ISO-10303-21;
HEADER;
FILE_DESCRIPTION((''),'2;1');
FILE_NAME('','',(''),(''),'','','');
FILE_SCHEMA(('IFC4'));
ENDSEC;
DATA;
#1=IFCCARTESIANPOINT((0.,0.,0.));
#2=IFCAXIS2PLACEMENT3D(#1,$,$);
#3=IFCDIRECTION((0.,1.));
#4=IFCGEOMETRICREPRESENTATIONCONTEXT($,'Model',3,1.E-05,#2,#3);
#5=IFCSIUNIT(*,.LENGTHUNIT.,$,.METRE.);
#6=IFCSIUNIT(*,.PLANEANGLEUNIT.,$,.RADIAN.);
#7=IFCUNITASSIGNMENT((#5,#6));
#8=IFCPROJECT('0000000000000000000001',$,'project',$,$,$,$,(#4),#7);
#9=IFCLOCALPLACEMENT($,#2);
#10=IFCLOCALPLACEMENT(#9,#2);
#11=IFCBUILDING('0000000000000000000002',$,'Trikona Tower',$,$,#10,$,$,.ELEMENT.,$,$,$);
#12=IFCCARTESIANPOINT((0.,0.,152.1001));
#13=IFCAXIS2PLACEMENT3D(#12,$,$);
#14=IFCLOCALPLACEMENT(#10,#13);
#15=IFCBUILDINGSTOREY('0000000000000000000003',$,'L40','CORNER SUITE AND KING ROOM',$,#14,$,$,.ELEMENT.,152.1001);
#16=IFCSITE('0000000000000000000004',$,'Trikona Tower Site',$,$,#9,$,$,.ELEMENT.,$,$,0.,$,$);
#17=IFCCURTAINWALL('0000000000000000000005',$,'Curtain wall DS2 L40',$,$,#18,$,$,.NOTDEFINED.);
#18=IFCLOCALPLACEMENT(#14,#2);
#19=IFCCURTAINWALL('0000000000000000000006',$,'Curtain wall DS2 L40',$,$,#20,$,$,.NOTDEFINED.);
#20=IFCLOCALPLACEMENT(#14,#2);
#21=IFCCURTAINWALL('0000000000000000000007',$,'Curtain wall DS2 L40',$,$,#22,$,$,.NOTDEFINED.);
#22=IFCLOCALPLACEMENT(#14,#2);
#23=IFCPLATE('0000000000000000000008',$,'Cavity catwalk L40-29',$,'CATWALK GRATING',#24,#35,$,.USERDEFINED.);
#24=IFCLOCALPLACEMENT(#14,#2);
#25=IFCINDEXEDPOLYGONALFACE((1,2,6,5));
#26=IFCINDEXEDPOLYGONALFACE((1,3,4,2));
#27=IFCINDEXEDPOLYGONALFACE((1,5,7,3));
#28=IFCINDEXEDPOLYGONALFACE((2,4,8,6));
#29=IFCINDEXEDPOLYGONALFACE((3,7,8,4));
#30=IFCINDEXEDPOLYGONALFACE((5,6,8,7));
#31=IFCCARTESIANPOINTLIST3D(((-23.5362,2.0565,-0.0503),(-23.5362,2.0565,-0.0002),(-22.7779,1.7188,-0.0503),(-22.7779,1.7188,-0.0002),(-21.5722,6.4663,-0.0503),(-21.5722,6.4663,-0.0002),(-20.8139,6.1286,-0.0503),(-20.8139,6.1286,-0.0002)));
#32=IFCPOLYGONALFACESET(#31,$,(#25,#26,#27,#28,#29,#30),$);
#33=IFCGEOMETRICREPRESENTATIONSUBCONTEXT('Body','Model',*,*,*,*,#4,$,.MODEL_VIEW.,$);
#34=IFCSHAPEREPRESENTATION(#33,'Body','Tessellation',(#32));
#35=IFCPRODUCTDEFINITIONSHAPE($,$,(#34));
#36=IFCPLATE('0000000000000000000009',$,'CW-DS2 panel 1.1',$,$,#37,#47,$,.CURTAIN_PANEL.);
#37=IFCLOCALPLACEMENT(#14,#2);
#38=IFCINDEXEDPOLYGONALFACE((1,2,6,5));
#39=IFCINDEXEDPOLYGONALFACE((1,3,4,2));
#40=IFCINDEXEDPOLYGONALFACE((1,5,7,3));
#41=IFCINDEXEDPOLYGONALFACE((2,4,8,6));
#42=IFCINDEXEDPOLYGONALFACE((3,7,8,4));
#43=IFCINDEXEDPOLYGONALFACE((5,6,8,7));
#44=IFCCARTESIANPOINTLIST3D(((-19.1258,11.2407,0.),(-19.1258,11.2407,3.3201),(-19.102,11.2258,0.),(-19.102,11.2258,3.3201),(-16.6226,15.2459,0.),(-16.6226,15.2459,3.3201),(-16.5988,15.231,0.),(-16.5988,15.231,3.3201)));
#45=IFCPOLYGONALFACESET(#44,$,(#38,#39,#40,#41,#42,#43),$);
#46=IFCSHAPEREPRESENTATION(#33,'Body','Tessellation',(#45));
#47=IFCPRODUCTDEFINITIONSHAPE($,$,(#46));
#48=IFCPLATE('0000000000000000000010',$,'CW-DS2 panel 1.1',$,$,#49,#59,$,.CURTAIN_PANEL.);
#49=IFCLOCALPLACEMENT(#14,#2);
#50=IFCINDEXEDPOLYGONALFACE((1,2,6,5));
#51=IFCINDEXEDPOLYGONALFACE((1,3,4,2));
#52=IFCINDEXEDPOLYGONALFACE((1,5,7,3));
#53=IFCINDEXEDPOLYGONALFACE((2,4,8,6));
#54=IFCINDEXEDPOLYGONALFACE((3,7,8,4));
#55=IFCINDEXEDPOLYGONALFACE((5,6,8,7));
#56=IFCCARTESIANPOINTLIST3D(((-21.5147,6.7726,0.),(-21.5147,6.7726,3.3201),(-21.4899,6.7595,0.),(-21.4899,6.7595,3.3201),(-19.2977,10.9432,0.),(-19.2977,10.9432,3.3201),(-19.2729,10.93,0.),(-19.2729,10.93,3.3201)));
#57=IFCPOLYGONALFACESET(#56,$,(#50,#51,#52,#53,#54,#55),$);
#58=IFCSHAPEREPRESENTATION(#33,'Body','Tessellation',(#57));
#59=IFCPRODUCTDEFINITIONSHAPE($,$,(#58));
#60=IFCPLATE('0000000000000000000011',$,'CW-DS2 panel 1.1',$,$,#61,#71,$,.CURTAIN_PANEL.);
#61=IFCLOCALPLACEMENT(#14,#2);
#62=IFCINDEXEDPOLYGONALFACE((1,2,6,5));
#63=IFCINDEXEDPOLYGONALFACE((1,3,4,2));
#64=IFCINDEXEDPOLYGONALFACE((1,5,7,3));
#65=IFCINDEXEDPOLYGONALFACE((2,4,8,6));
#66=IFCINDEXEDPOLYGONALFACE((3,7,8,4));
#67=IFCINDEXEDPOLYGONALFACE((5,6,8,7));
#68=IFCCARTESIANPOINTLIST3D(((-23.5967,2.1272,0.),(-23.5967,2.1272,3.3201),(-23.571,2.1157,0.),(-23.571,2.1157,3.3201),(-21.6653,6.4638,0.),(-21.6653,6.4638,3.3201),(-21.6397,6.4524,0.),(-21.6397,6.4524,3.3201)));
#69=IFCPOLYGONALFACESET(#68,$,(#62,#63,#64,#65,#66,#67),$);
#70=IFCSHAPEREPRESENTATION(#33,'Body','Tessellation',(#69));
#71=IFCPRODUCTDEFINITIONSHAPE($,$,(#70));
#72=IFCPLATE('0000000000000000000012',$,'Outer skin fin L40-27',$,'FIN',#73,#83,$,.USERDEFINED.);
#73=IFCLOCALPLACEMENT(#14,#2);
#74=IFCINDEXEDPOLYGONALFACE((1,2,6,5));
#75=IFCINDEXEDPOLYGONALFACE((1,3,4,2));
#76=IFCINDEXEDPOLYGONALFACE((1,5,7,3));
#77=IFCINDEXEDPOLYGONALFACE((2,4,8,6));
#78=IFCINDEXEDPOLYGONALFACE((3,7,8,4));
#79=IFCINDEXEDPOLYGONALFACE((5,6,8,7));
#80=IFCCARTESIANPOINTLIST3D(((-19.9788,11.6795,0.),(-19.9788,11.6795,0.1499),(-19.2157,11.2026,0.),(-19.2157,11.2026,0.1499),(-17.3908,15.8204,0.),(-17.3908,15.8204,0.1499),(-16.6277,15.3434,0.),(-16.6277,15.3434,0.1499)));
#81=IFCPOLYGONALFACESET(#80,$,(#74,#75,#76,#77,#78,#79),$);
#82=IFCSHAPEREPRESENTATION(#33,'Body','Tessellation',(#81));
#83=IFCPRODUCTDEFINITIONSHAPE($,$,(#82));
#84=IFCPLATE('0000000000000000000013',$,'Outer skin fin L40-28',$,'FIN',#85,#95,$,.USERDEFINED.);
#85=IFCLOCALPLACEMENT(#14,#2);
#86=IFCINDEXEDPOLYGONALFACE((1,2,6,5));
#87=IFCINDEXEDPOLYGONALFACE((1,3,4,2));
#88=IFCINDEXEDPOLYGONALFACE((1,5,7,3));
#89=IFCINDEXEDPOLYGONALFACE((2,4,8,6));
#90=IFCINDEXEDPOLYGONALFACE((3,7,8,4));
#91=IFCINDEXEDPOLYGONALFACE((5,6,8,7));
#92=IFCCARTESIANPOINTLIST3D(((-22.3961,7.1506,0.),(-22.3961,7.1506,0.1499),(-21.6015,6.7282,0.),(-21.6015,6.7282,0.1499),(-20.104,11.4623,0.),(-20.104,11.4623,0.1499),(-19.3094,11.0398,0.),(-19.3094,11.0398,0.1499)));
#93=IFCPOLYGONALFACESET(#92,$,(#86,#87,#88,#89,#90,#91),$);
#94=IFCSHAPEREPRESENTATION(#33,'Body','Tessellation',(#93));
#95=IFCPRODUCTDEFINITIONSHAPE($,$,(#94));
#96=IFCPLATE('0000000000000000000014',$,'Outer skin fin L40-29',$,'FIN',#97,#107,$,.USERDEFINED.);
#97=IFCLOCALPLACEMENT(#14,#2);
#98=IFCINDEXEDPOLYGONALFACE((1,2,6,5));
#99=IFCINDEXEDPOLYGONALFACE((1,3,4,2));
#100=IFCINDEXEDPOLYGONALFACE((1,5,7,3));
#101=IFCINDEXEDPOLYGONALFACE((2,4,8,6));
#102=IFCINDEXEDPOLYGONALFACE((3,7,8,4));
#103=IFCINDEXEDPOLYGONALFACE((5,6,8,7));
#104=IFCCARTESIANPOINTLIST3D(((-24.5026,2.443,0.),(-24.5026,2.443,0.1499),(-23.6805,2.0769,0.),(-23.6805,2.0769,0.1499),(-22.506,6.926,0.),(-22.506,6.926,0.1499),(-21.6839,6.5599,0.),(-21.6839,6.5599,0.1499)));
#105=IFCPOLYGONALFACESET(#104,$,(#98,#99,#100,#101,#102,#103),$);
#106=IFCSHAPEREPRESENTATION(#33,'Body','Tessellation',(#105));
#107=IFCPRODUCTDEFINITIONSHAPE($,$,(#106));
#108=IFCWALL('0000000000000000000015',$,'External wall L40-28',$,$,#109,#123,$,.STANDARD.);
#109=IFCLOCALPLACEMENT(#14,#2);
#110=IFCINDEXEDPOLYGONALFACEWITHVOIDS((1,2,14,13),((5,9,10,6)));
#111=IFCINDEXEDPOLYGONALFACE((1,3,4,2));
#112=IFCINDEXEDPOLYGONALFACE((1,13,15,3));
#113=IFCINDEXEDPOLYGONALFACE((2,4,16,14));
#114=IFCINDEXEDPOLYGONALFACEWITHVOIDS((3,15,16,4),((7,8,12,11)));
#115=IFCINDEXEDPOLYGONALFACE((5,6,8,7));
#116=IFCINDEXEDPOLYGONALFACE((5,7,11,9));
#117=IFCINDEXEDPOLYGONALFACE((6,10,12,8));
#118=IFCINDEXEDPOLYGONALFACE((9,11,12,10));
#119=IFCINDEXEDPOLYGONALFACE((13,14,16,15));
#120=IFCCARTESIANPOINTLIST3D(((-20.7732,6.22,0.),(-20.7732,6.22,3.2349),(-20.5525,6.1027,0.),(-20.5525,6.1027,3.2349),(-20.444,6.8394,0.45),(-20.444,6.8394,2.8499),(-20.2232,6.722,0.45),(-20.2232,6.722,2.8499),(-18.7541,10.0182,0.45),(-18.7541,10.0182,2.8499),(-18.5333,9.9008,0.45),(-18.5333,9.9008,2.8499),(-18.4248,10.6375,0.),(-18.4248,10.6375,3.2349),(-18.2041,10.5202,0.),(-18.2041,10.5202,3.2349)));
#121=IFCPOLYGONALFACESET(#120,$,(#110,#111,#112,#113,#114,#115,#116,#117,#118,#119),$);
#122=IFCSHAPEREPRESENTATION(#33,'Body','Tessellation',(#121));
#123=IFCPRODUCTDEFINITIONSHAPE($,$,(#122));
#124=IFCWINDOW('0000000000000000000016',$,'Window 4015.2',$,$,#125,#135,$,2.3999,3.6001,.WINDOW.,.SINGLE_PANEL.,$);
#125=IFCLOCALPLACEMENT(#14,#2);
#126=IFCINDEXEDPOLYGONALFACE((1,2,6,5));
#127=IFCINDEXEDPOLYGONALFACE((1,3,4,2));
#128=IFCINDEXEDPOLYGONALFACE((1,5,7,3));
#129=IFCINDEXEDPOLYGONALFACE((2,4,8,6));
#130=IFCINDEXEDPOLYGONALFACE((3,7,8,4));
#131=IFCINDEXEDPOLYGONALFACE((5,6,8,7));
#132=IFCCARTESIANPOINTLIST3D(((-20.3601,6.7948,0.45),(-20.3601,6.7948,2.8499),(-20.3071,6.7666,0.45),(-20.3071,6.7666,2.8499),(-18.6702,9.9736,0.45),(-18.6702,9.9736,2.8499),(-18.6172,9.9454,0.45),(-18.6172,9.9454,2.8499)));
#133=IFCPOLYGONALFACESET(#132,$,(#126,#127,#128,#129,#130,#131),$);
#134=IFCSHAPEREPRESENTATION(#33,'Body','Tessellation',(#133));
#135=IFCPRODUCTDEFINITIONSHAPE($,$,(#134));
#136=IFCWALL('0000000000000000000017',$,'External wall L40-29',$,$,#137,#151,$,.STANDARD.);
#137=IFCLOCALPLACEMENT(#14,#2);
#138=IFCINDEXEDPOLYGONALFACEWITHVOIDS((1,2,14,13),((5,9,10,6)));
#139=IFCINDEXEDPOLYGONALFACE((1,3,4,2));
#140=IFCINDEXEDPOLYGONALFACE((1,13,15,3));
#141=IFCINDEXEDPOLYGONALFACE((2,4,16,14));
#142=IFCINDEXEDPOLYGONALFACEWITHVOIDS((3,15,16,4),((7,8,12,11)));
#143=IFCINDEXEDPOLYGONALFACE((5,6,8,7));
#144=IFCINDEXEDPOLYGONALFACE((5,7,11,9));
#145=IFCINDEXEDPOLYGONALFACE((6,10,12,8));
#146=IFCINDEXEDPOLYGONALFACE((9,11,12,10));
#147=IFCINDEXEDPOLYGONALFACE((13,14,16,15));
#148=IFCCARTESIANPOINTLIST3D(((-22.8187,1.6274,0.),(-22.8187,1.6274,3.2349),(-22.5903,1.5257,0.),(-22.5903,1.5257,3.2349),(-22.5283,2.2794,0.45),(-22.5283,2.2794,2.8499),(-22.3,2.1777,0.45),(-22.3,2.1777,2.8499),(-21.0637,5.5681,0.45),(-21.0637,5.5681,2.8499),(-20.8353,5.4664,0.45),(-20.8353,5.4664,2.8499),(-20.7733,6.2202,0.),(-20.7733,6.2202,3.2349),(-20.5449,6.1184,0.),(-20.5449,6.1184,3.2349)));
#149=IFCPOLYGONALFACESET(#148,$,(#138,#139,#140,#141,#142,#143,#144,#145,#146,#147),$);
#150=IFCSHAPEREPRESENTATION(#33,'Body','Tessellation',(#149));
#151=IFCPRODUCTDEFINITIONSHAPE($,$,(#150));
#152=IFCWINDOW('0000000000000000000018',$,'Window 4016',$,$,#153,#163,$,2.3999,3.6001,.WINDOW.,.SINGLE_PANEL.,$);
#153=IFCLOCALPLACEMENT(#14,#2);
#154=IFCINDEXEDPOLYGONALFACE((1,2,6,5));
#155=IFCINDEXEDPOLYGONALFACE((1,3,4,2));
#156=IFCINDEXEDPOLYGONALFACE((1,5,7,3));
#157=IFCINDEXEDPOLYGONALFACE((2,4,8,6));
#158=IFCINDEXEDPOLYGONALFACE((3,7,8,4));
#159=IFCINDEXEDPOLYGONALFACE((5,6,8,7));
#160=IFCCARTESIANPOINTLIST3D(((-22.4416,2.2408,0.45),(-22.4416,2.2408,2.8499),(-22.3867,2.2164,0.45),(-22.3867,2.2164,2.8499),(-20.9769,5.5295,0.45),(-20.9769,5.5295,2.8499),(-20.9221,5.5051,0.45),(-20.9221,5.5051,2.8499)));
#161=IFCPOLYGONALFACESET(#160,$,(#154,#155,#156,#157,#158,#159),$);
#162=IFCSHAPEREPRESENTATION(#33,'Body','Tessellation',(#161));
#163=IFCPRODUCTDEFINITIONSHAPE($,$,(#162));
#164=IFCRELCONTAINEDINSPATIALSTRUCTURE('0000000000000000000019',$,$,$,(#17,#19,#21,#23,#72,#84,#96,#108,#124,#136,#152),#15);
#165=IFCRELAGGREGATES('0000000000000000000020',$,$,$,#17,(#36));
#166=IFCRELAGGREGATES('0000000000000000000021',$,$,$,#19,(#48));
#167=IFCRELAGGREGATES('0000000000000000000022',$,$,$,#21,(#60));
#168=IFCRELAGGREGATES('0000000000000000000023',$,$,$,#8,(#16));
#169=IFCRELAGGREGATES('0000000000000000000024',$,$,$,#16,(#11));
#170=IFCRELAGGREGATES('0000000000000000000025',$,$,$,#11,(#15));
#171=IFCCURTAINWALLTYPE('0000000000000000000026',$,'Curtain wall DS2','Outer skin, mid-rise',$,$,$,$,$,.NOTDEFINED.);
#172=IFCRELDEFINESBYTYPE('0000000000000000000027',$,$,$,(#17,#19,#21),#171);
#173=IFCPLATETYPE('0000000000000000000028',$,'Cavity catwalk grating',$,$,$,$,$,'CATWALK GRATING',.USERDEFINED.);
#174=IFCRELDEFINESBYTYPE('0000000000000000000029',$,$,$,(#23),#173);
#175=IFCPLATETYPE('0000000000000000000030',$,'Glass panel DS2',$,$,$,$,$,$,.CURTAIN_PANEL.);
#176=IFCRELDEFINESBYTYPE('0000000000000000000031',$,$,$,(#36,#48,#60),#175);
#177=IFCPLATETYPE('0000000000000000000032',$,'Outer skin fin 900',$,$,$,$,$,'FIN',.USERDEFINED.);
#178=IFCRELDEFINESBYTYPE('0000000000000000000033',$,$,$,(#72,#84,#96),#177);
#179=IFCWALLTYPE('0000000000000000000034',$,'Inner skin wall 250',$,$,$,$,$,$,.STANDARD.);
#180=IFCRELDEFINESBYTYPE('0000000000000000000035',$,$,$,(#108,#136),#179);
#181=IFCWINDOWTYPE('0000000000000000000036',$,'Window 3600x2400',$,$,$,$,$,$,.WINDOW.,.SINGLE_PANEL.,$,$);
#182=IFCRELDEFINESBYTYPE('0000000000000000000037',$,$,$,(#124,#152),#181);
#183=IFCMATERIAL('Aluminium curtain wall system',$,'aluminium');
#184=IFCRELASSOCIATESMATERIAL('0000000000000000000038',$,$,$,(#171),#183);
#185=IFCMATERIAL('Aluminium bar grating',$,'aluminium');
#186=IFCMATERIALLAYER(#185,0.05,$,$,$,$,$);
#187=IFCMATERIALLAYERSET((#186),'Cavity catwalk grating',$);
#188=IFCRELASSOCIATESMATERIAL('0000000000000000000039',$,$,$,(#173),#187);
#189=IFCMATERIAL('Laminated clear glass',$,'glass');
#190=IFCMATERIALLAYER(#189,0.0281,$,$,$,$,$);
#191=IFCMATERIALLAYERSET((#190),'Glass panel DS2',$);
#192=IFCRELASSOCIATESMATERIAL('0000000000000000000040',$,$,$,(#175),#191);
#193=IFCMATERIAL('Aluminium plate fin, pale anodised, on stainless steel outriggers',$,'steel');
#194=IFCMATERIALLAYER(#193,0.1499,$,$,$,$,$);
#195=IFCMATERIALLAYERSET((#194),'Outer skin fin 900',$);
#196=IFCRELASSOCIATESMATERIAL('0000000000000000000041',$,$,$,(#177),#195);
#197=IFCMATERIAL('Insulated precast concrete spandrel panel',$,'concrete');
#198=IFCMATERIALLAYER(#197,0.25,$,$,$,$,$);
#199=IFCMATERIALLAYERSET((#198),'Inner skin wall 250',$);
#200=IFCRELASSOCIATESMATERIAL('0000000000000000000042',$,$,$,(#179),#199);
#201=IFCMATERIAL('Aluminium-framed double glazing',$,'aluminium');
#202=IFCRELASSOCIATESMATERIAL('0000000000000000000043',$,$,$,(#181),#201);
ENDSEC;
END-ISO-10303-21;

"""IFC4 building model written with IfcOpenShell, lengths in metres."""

from ifc_helpers import new_model, si_unit, direction, frame, frame_2d, origin, origin_2d, place, context, subcontext, project, spatial, rectangle, extrude, material, layer, layer_set, type_object, element, fill, aggregate, save


model = new_model("IFC4")

# Units and contexts
model_context = context("Model", 3, precision=1e-05, world=origin(), true_north=direction((0.0, 1.0)))
body_context = subcontext(model_context, "Body", "Model", "MODEL_VIEW")
ifc_project = project(units=[si_unit("LENGTHUNIT", "METRE"), si_unit("PLANEANGLEUNIT", "RADIAN")], contexts=[model_context])

# Site, building, storey
site_placement = place(None, origin())
site = spatial("IfcSite", under=ifc_project, at=site_placement, Name="Trikona Tower Site", CompositionType="ELEMENT", RefElevation=0.0)
building_placement = place(site_placement, origin())
building = spatial("IfcBuilding", under=site, at=building_placement, Name="Trikona Tower", CompositionType="ELEMENT")
storey_placement = place(building_placement, frame((0.0, 0.0, 152.1001)))
storey = spatial("IfcBuildingStorey", under=building, at=storey_placement, Name="L40", Description="CORNER SUITE AND KING ROOM", CompositionType="ELEMENT", Elevation=152.1001)

# Curtain wall
ifc_material_1 = material(Name="Aluminium curtain wall system", Category="aluminium")
curtain_wall_type = type_object("IfcCurtainWallType", Name="Curtain wall DS2", Description="Outer skin, mid-rise", PredefinedType="NOTDEFINED", material=ifc_material_1)
curtain_wall_1_placement = place(storey_placement, origin())
curtain_wall_1 = element("IfcCurtainWall", 1, at=curtain_wall_1_placement, inside=storey, type_object=curtain_wall_type, Name="Curtain wall DS2 L40", PredefinedType="NOTDEFINED")

# Curtain walls
curtain_wall_2_placement = place(storey_placement, origin())
curtain_wall_2 = element("IfcCurtainWall", 2, at=curtain_wall_2_placement, inside=storey, type_object=curtain_wall_type, Name="Curtain wall DS2 L40", PredefinedType="NOTDEFINED")
curtain_wall_3_placement = place(storey_placement, origin())
curtain_wall_3 = element("IfcCurtainWall", 3, at=curtain_wall_3_placement, inside=storey, type_object=curtain_wall_type, Name="Curtain wall DS2 L40", PredefinedType="NOTDEFINED")

# Plate
ifc_material_2 = material(Name="Aluminium bar grating", Category="aluminium")
ifc_layer_1 = layer(ifc_material_2, 0.05)
ifc_layer_set_1 = layer_set([ifc_layer_1], Name="Cavity catwalk grating")
plate_type_1 = type_object("IfcPlateType", Name="Cavity catwalk grating", ElementType="CATWALK GRATING", PredefinedType="USERDEFINED", material=ifc_layer_set_1)
plate_1_placement = place(storey_placement, frame((-22.175, 4.0925, -0.0503), z_axis=(0.0, 0.0, 1.0), x_axis=(-0.406843, -0.913498, 0.0)))
element("IfcPlate", 4, at=plate_1_placement, inside=storey, type_object=plate_type_1, Name="Cavity catwalk L40-29", ObjectType="CATWALK GRATING", PredefinedType="USERDEFINED", context=body_context, shape_type="SweptSolid", body=[
    extrude(rectangle(XDim=4.8274, YDim=0.8301, at=origin_2d()), origin(), (0.0, 0.0, 1.0), 0.05),
])

# Plates
ifc_material_3 = material(Name="Laminated clear glass", Category="glass")
ifc_layer_2 = layer(ifc_material_3, 0.0281)
ifc_layer_set_2 = layer_set([ifc_layer_2], Name="Glass panel DS2")
plate_type_2 = type_object("IfcPlateType", Name="Glass panel DS2", PredefinedType="CURTAIN_PANEL", material=ifc_layer_set_2)
plate_2_placement = place(storey_placement, frame((-17.8623, 13.2358, 0.0), z_axis=(0.0, 0.0, 1.0), x_axis=(-0.529999, -0.847998, 0.0)))
plate_2 = element("IfcPlate", 5, at=plate_2_placement, type_object=plate_type_2, Name="CW-DS2 panel 1.1", PredefinedType="CURTAIN_PANEL", context=body_context, shape_type="SweptSolid", body=[
    extrude(rectangle(XDim=4.7231, YDim=0.0281, at=origin_2d()), origin(), (0.0, 0.0, 1.0), 3.3201),
])
aggregate(curtain_wall_1, [plate_2])
plate_3_placement = place(storey_placement, frame((-20.3938, 8.8513, 0.0), z_axis=(0.0, 0.0, 1.0), x_axis=(-0.46938, -0.882996, 0.0)))
plate_3 = element("IfcPlate", 6, at=plate_3_placement, type_object=plate_type_2, Name="CW-DS2 panel 1.1", PredefinedType="CURTAIN_PANEL", context=body_context, shape_type="SweptSolid", body=[
    extrude(rectangle(XDim=4.7231, YDim=0.0281, at=origin_2d()), origin(), (0.0, 0.0, 1.0), 3.3201),
])
aggregate(curtain_wall_2, [plate_3])
plate_4_placement = place(storey_placement, frame((-22.6182, 4.2898, 0.0), z_axis=(0.0, 0.0, 1.0), x_axis=(-0.406836, -0.913501, 0.0)))
plate_4 = element("IfcPlate", 7, at=plate_4_placement, type_object=plate_type_2, Name="CW-DS2 panel 1.1", PredefinedType="CURTAIN_PANEL", context=body_context, shape_type="SweptSolid", body=[
    extrude(rectangle(XDim=4.7473, YDim=0.0281, at=origin_2d()), origin(), (0.0, 0.0, 1.0), 3.3201),
])
aggregate(curtain_wall_3, [plate_4])

# Plates
ifc_material_4 = material(Name="Aluminium plate fin, pale anodised, on stainless steel outriggers", Category="steel")
ifc_layer_3 = layer(ifc_material_4, 0.1499)
ifc_layer_set_3 = layer_set([ifc_layer_3], Name="Outer skin fin 900")
plate_type_3 = type_object("IfcPlateType", Name="Outer skin fin 900", ElementType="FIN", PredefinedType="USERDEFINED", material=ifc_layer_set_3)
for number, where, z_axis, x_axis, name in (
    (8, (-18.3032, 13.5115, 0.0), (0.0, 0.0, 1.0), (-0.529995, -0.848001, 0.0), "Outer skin fin L40-27"),
    (9, (-20.8528, 9.0952, 0.0), (0.0, 0.0, 1.0), (-0.469398, -0.882987, 0.0), "Outer skin fin L40-28"),
):
    element("IfcPlate", number, at=place(storey_placement, frame(where, z_axis=z_axis, x_axis=x_axis)), inside=storey, type_object=plate_type_3, Name=name, ObjectType="FIN", PredefinedType="USERDEFINED", context=body_context, shape_type="SweptSolid", body=[
        extrude(rectangle(XDim=4.8831, YDim=0.8999, at=origin_2d()), origin(), (0.0, 0.0, 1.0), 0.1499),
    ])
plate_5_placement = place(storey_placement, frame((-23.0933, 4.5015, 0.0), z_axis=(0.0, 0.0, 1.0), x_axis=(-0.406843, -0.913498, 0.0)))
element("IfcPlate", 10, at=plate_5_placement, inside=storey, type_object=plate_type_3, Name="Outer skin fin L40-29", ObjectType="FIN", PredefinedType="USERDEFINED", context=body_context, shape_type="SweptSolid", body=[
    extrude(rectangle(XDim=4.9075, YDim=0.8999, at=origin_2d()), origin(), (0.0, 0.0, 1.0), 0.1499),
])

# Walls, openings, windows
ifc_material_5 = material(Name="Insulated precast concrete spandrel panel", Category="concrete")
ifc_layer_4 = layer(ifc_material_5, 0.25)
ifc_layer_set_4 = layer_set([ifc_layer_4], Name="Inner skin wall 250")
wall_type = type_object("IfcWallType", Name="Inner skin wall 250", PredefinedType="STANDARD", material=ifc_layer_set_4)
wall_1_placement = place(storey_placement, frame((-18.3145, 10.5789, 0.0), z_axis=(0.0, 0.0, 1.0), x_axis=(-0.469405, -0.882983, 0.0)))
wall_1 = element("IfcWall", 11, at=wall_1_placement, inside=storey, type_object=wall_type, Name="External wall L40-28", PredefinedType="STANDARD", context=body_context, shape_type="SweptSolid", body=[
    extrude(rectangle(XDim=5.0029, YDim=0.25, at=frame_2d((2.5015, 0.0))), origin(), (0.0, 0.0, 1.0), 3.2349),
])
opening_1_placement = place(wall_1_placement, frame((0.7014, 0.0, 0.45)))
opening_1 = element("IfcOpeningElement", 12, at=opening_1_placement, cuts=wall_1, PredefinedType="OPENING", context=body_context, shape_type="SweptSolid", body=[
    extrude(rectangle(XDim=3.6001, YDim=2.3999, at=frame_2d((1.8, 1.2))), frame((0.0, 0.135, 0.0), z_axis=(0.0, -1.0, 0.0), x_axis=(1.0, 0.0, 0.0)), (0.0, 0.0, 1.0), 0.27),
])
ifc_material_6 = material(Name="Aluminium-framed double glazing", Category="aluminium")
window_type = type_object("IfcWindowType", Name="Window 3600x2400", PartitioningType="SINGLE_PANEL", PredefinedType="WINDOW", material=ifc_material_6)
window_1_placement = place(opening_1_placement, origin())
window_1 = element("IfcWindow", 13, at=window_1_placement, inside=storey, type_object=window_type, Name="Window 4015.2", OverallHeight=2.3999, OverallWidth=3.6001, PartitioningType="SINGLE_PANEL", PredefinedType="WINDOW", context=body_context, shape_type="SweptSolid", body=[
    extrude(rectangle(XDim=3.6001, YDim=2.3999, at=frame_2d((1.8, 1.2))), frame((0.0, 0.03, 0.0), z_axis=(0.0, -1.0, 0.0), x_axis=(1.0, 0.0, 0.0)), (0.0, 0.0, 1.0), 0.0601),
])
fill(opening_1, window_1)
wall_2_placement = place(storey_placement, frame((-20.6592, 6.1692, 0.0), z_axis=(0.0, 0.0, 1.0), x_axis=(-0.406832, -0.913503, 0.0)))
wall_2 = element("IfcWall", 14, at=wall_2_placement, inside=storey, type_object=wall_type, Name="External wall L40-29", PredefinedType="STANDARD", context=body_context, shape_type="SweptSolid", body=[
    extrude(rectangle(XDim=5.0276, YDim=0.25, at=frame_2d((2.5137, 0.0))), origin(), (0.0, 0.0, 1.0), 3.2349),
])
opening_2_placement = place(wall_2_placement, frame((0.7136, 0.0, 0.45)))
opening_2 = element("IfcOpeningElement", 15, at=opening_2_placement, cuts=wall_2, PredefinedType="OPENING", context=body_context, shape_type="SweptSolid", body=[
    extrude(rectangle(XDim=3.6001, YDim=2.3999, at=frame_2d((1.8, 1.2))), frame((0.0, 0.135, 0.0), z_axis=(0.0, -1.0, 0.0), x_axis=(1.0, 0.0, 0.0)), (0.0, 0.0, 1.0), 0.27),
])
window_2_placement = place(opening_2_placement, origin())
window_2 = element("IfcWindow", 16, at=window_2_placement, inside=storey, type_object=window_type, Name="Window 4016", OverallHeight=2.3999, OverallWidth=3.6001, PartitioningType="SINGLE_PANEL", PredefinedType="WINDOW", context=body_context, shape_type="SweptSolid", body=[
    extrude(rectangle(XDim=3.6001, YDim=2.3999, at=frame_2d((1.8, 1.2))), frame((0.0, 0.03, 0.0), z_axis=(0.0, -1.0, 0.0), x_axis=(1.0, 0.0, 0.0)), (0.0, 0.0, 1.0), 0.0601),
])
fill(opening_2, window_2)

save(model, "model.ifc")
